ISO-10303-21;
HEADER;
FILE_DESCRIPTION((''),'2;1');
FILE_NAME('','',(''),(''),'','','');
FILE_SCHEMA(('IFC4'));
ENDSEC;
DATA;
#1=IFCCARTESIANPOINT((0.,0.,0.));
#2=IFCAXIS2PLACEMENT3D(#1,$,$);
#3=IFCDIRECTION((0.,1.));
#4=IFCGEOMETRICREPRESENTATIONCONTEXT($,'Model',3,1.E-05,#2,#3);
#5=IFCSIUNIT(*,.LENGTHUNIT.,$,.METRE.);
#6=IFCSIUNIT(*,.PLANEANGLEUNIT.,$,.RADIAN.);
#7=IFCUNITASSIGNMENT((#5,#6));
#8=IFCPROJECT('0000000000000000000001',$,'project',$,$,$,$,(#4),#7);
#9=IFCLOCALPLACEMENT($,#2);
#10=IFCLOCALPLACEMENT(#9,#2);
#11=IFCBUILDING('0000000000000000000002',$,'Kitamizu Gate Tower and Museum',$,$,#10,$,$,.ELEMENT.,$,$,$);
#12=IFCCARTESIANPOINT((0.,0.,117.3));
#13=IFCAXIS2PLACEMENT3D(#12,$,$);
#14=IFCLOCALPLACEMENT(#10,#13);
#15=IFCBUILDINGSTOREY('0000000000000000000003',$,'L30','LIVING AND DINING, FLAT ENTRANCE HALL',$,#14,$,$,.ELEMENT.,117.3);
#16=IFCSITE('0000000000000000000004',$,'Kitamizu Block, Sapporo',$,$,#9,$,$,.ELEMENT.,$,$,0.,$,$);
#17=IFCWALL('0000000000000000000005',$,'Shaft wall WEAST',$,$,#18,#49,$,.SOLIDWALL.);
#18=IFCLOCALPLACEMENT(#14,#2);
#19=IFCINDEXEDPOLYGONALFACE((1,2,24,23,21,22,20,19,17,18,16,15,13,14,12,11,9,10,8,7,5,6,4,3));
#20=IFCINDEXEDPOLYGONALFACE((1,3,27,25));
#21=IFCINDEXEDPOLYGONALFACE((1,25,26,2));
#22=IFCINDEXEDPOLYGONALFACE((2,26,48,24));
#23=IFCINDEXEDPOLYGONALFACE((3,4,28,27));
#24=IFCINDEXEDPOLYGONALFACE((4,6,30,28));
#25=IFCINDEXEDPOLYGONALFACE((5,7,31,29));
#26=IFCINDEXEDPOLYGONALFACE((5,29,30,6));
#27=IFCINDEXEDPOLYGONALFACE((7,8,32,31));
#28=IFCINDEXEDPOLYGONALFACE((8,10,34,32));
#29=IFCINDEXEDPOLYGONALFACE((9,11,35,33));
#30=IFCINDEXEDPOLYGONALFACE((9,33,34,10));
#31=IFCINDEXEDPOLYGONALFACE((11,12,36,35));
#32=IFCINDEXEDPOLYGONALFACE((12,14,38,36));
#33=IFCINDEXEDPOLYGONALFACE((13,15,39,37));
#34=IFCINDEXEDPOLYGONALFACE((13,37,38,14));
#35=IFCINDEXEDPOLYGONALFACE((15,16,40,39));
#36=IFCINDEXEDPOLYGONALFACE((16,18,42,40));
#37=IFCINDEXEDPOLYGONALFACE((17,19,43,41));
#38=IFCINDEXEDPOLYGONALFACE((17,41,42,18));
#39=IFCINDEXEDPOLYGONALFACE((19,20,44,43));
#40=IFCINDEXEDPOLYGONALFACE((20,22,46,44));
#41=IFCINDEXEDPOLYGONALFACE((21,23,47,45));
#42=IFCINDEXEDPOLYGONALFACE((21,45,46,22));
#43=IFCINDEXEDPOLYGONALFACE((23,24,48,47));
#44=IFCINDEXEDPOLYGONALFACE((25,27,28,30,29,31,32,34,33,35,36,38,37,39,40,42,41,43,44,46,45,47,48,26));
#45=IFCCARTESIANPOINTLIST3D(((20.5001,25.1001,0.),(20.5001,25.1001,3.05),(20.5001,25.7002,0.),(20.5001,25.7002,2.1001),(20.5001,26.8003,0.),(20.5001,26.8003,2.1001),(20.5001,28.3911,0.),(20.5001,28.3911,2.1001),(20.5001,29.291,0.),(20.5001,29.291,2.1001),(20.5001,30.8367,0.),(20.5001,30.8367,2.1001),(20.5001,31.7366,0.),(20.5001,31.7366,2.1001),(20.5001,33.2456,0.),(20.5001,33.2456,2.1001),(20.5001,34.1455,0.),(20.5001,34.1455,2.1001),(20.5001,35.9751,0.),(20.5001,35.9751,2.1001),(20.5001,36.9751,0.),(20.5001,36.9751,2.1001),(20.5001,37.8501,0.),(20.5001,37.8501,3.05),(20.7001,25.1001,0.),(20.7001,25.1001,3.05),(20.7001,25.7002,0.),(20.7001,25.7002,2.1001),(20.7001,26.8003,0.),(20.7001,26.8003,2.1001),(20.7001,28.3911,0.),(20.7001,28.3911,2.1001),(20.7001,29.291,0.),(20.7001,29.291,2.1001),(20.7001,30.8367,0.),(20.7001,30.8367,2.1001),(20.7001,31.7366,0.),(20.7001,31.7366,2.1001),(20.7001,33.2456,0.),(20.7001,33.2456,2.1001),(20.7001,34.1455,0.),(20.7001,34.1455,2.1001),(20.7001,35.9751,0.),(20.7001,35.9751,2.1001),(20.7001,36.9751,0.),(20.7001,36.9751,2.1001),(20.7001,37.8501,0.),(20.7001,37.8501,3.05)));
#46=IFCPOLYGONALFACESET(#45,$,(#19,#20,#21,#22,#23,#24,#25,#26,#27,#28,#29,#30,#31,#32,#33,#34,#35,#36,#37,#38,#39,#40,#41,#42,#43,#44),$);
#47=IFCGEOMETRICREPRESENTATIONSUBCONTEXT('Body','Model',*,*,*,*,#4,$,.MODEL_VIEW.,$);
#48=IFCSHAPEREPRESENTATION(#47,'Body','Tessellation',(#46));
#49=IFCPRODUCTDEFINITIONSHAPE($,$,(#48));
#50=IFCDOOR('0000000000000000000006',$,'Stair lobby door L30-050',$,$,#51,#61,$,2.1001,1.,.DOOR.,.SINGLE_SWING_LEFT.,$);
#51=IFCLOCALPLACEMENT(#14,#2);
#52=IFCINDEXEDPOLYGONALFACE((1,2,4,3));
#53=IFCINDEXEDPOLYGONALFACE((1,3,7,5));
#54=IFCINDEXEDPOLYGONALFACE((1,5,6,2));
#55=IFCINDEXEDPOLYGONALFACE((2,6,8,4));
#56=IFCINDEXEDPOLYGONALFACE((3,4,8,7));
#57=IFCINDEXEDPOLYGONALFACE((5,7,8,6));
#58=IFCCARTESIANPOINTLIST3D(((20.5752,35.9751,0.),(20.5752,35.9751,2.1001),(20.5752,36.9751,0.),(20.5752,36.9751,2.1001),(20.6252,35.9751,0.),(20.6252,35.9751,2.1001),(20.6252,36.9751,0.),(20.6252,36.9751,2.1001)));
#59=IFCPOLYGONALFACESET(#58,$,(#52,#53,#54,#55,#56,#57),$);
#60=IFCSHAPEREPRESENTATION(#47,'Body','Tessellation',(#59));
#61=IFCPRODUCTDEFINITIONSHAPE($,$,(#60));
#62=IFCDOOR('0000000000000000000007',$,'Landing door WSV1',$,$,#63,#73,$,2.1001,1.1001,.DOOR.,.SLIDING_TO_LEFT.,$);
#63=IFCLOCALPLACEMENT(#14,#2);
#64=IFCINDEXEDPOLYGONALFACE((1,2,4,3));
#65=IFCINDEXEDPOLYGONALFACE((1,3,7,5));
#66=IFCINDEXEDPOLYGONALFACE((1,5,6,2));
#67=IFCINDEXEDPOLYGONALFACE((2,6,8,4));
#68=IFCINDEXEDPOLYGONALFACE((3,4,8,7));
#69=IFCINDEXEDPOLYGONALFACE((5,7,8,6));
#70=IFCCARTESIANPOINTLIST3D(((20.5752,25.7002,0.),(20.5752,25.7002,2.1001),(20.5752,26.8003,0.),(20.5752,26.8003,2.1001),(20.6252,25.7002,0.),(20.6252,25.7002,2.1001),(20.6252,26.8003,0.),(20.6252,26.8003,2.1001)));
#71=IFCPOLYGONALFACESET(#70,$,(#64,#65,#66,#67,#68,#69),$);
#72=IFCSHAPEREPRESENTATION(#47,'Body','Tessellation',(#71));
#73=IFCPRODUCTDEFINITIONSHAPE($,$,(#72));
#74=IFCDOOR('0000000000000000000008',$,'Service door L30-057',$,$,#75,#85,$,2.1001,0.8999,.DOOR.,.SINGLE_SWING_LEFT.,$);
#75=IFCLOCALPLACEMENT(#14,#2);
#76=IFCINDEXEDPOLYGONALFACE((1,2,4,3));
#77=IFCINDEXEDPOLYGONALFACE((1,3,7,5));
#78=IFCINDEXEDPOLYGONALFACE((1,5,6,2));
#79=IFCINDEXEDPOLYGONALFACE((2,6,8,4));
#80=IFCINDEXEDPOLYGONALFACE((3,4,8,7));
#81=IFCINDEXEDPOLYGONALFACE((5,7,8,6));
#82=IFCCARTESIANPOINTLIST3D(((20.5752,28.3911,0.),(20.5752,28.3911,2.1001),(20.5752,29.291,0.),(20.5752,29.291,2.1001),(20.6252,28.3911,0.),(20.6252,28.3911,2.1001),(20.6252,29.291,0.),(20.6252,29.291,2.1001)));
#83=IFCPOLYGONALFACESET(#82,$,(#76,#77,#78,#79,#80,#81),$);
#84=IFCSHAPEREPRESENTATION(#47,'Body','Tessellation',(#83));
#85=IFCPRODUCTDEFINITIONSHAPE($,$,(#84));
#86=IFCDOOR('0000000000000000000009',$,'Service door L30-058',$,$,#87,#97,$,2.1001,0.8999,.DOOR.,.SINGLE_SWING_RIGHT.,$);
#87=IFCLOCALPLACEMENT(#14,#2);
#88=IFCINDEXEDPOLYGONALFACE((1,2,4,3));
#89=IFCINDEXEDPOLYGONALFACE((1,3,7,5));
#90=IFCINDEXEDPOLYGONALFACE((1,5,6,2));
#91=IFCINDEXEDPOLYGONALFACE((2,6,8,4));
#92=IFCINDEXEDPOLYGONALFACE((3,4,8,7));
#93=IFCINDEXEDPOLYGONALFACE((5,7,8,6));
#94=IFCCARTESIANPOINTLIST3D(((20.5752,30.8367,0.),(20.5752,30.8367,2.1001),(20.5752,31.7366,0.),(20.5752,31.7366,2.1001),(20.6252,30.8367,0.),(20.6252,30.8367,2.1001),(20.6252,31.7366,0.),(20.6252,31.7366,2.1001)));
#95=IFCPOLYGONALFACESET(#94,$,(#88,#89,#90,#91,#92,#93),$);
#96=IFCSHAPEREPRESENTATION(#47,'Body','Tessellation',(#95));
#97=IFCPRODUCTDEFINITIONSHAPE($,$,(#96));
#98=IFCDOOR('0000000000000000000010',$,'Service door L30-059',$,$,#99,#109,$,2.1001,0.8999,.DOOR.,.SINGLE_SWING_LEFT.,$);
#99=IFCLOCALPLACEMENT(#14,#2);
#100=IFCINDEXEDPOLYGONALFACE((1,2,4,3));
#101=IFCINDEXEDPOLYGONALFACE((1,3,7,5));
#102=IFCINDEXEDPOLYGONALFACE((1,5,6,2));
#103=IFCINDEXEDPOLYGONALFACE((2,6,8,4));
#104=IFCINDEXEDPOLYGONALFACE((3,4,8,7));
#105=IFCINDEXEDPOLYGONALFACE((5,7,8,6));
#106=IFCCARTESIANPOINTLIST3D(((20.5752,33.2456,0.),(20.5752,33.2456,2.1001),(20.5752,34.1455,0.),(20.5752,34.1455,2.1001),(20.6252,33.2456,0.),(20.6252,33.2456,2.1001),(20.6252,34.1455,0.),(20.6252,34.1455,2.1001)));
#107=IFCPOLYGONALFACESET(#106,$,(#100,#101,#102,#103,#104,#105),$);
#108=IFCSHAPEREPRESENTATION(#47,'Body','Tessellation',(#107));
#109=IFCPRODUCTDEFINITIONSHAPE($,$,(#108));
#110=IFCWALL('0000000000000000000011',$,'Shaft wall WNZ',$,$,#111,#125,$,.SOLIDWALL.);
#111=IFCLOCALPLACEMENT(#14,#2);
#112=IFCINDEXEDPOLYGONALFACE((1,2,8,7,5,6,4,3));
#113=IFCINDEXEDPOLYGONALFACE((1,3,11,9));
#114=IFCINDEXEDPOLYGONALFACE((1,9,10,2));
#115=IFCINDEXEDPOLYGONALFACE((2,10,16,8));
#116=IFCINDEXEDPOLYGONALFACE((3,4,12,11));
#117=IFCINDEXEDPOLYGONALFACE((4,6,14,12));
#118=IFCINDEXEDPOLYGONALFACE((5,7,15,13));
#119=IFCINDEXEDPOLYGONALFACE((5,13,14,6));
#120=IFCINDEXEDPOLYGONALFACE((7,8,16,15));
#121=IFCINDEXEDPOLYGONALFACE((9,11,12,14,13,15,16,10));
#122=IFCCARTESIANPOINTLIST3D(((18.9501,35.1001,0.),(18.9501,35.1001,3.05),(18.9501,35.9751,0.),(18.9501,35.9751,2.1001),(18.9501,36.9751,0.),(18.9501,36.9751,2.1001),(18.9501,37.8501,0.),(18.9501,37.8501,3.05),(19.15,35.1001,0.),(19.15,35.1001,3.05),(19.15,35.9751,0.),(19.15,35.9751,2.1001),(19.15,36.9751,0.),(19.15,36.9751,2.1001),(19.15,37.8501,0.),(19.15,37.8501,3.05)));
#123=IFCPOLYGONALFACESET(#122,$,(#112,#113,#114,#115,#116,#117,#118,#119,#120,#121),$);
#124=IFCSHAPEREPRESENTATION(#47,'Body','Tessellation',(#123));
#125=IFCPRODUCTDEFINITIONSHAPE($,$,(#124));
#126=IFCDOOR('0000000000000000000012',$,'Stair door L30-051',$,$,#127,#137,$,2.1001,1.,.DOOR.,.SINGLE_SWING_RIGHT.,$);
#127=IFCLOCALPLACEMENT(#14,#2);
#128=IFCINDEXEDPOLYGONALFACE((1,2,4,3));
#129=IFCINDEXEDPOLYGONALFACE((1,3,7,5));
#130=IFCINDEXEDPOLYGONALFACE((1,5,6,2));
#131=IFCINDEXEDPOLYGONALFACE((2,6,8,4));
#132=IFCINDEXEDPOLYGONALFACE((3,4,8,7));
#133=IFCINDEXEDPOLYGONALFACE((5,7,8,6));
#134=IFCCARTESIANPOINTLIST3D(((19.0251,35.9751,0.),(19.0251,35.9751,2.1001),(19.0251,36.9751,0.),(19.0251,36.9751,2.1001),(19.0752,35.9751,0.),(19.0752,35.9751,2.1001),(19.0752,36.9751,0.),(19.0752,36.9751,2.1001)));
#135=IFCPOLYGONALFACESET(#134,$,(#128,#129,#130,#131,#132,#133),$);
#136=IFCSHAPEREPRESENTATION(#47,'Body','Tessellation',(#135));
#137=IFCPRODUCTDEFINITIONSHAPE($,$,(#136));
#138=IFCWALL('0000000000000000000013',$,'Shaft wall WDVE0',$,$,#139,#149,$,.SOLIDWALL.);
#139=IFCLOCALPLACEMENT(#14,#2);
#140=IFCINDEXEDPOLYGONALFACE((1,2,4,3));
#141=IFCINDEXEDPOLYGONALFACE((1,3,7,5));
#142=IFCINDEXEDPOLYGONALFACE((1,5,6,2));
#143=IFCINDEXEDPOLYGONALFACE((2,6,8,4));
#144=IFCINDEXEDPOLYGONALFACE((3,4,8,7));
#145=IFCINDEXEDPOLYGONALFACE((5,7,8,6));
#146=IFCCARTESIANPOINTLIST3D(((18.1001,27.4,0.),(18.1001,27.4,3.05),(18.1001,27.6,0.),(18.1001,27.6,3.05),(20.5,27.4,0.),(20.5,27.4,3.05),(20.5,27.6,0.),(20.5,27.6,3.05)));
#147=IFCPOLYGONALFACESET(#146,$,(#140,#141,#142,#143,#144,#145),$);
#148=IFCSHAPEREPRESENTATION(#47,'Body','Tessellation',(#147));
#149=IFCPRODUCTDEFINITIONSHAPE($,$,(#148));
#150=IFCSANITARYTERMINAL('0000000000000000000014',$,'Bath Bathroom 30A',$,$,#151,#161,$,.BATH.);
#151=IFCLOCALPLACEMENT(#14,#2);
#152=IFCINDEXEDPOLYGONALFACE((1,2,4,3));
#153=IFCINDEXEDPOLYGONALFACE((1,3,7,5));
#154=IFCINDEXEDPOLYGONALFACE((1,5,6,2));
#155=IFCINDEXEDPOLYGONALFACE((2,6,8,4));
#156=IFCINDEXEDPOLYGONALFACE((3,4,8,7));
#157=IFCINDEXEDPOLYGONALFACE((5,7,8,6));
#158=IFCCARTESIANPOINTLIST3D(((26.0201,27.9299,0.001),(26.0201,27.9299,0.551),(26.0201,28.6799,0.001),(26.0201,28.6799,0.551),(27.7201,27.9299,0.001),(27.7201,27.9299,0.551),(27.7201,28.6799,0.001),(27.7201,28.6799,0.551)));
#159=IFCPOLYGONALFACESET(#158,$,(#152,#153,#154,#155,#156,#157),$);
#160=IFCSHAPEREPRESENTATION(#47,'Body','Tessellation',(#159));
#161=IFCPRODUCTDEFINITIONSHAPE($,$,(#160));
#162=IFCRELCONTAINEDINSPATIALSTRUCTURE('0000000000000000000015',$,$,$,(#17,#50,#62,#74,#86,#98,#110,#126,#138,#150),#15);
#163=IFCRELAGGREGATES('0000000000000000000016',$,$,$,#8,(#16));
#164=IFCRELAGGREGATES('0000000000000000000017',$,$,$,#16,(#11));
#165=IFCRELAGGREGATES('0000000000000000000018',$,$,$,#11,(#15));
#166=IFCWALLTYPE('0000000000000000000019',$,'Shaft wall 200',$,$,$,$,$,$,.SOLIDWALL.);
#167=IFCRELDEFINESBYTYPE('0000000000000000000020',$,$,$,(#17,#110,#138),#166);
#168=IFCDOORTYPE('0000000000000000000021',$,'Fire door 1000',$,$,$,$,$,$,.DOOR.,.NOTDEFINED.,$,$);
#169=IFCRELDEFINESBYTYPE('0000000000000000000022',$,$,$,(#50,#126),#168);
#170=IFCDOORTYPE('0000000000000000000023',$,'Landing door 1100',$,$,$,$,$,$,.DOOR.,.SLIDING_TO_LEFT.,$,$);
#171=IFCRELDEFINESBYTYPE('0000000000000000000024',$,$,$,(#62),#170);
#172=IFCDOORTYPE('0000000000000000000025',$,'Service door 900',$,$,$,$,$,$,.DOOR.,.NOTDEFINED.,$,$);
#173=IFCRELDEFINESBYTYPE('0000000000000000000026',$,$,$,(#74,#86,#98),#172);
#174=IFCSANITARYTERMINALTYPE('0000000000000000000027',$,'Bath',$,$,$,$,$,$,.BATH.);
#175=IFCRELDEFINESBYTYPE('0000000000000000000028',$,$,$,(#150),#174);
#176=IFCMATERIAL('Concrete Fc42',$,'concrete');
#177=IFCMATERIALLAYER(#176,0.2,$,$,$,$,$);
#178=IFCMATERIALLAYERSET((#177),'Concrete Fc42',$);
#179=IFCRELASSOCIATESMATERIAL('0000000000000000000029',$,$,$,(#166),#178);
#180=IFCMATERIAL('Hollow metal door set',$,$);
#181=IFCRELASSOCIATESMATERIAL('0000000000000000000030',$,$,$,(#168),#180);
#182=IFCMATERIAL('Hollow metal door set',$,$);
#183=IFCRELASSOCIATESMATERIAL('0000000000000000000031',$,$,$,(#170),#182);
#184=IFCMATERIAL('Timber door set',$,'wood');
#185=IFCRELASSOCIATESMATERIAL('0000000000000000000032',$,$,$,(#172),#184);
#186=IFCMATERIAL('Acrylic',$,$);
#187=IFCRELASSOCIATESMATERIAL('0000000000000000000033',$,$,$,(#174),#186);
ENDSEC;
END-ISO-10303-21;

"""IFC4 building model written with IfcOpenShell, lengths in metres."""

from ifc_helpers import new_model, si_unit, direction, frame, frame_2d, origin, origin_2d, place, context, subcontext, project, spatial, rectangle, extrude, material, layer, layer_set, type_object, element, fill, save


model = new_model("IFC4")

# Units and contexts
model_context = context("Model", 3, precision=1e-05, world=origin(), true_north=direction((0.0, 1.0)))
body_context = subcontext(model_context, "Body", "Model", "MODEL_VIEW")
ifc_project = project(units=[si_unit("LENGTHUNIT", "METRE"), si_unit("PLANEANGLEUNIT", "RADIAN")], contexts=[model_context])

# Site, building, storey
site_placement = place(None, origin())
site = spatial("IfcSite", under=ifc_project, at=site_placement, Name="Kitamizu Block, Sapporo", CompositionType="ELEMENT", RefElevation=0.0)
building_placement = place(site_placement, origin())
building = spatial("IfcBuilding", under=site, at=building_placement, Name="Kitamizu Gate Tower and Museum", CompositionType="ELEMENT")
storey_placement = place(building_placement, frame((0.0, 0.0, 117.3)))
storey = spatial("IfcBuildingStorey", under=building, at=storey_placement, Name="L30", Description="LIVING AND DINING, FLAT ENTRANCE HALL", CompositionType="ELEMENT", Elevation=117.3)

# Wall, openings, doors
ifc_material_1 = material(Name="Concrete Fc42", Category="concrete")
ifc_layer_1 = layer(ifc_material_1, 0.2)
ifc_layer_set_1 = layer_set([ifc_layer_1], Name="Concrete Fc42")
wall_type_1 = type_object("IfcWallType", Name="Shaft wall 200", PredefinedType="SOLIDWALL", material=ifc_layer_set_1)
wall_1_placement = place(storey_placement, frame((20.6001, 25.1001, 0.0), z_axis=(0.0, 0.0, 1.0), x_axis=(0.0, 1.0, 0.0)))
wall_1 = element("IfcWall", 1, at=wall_1_placement, inside=storey, type_object=wall_type_1, Name="Shaft wall WEAST", PredefinedType="SOLIDWALL", context=body_context, shape_type="SweptSolid", body=[
    extrude(rectangle(XDim=12.75, YDim=0.2, at=frame_2d((6.375, 0.0))), origin(), (0.0, 0.0, 1.0), 3.05),
])
opening_1_placement = place(wall_1_placement, frame((0.6001, 0.0, 0.0)))
opening_1 = element("IfcOpeningElement", 2, at=opening_1_placement, cuts=wall_1, PredefinedType="OPENING", context=body_context, shape_type="SweptSolid", body=[
    extrude(rectangle(XDim=1.1001, YDim=2.1001, at=frame_2d((0.55, 1.05))), frame((0.0, 0.1099, 0.0), z_axis=(0.0, -1.0, 0.0), x_axis=(1.0, 0.0, 0.0)), (0.0, 0.0, 1.0), 0.22),
])
opening_2_placement = place(wall_1_placement, frame((10.875, 0.0, 0.0)))
opening_2 = element("IfcOpeningElement", 3, at=opening_2_placement, cuts=wall_1, PredefinedType="OPENING", context=body_context, shape_type="SweptSolid", body=[
    extrude(rectangle(XDim=1.0, YDim=2.1001, at=frame_2d((0.5, 1.05))), frame((0.0, 0.1099, 0.0), z_axis=(0.0, -1.0, 0.0), x_axis=(1.0, 0.0, 0.0)), (0.0, 0.0, 1.0), 0.22),
])
opening_3_placement = place(wall_1_placement, frame((3.291, 0.0, 0.0)))
opening_3 = element("IfcOpeningElement", 4, at=opening_3_placement, cuts=wall_1, PredefinedType="OPENING", context=body_context, shape_type="SweptSolid", body=[
    extrude(rectangle(XDim=0.8999, YDim=2.1001, at=frame_2d((0.45, 1.05))), frame((0.0, 0.1099, 0.0), z_axis=(0.0, -1.0, 0.0), x_axis=(1.0, 0.0, 0.0)), (0.0, 0.0, 1.0), 0.22),
])
opening_4_placement = place(wall_1_placement, frame((5.7366, 0.0, 0.0)))
opening_4 = element("IfcOpeningElement", 5, at=opening_4_placement, cuts=wall_1, PredefinedType="OPENING", context=body_context, shape_type="SweptSolid", body=[
    extrude(rectangle(XDim=0.8999, YDim=2.1001, at=frame_2d((0.45, 1.05))), frame((0.0, 0.1099, 0.0), z_axis=(0.0, -1.0, 0.0), x_axis=(1.0, 0.0, 0.0)), (0.0, 0.0, 1.0), 0.22),
])
opening_5_placement = place(wall_1_placement, frame((8.1455, 0.0, 0.0)))
opening_5 = element("IfcOpeningElement", 6, at=opening_5_placement, cuts=wall_1, PredefinedType="OPENING", context=body_context, shape_type="SweptSolid", body=[
    extrude(rectangle(XDim=0.8999, YDim=2.1001, at=frame_2d((0.45, 1.05))), frame((0.0, 0.1099, 0.0), z_axis=(0.0, -1.0, 0.0), x_axis=(1.0, 0.0, 0.0)), (0.0, 0.0, 1.0), 0.22),
])
ifc_material_2 = material(Name="Hollow metal door set")
door_type_1 = type_object("IfcDoorType", Name="Fire door 1000", OperationType="NOTDEFINED", PredefinedType="DOOR", material=ifc_material_2)
door_1_placement = place(opening_2_placement, origin())
door_1 = element("IfcDoor", 7, at=door_1_placement, inside=storey, type_object=door_type_1, Name="Stair lobby door L30-050", OperationType="SINGLE_SWING_LEFT", OverallHeight=2.1001, OverallWidth=1.0, PredefinedType="DOOR", context=body_context, shape_type="SweptSolid", body=[
    extrude(rectangle(XDim=1.0, YDim=2.1001, at=frame_2d((0.5, 1.05))), frame((0.0, 0.0249, 0.0), z_axis=(0.0, -1.0, 0.0), x_axis=(1.0, 0.0, 0.0)), (0.0, 0.0, 1.0), 0.05),
])
fill(opening_2, door_1)
ifc_material_3 = material(Name="Hollow metal door set")
door_type_2 = type_object("IfcDoorType", Name="Landing door 1100", OperationType="SLIDING_TO_LEFT", PredefinedType="DOOR", material=ifc_material_3)
door_2_placement = place(opening_1_placement, origin())
door_2 = element("IfcDoor", 8, at=door_2_placement, inside=storey, type_object=door_type_2, Name="Landing door WSV1", OperationType="SLIDING_TO_LEFT", OverallHeight=2.1001, OverallWidth=1.1001, PredefinedType="DOOR", context=body_context, shape_type="SweptSolid", body=[
    extrude(rectangle(XDim=1.1001, YDim=2.1001, at=frame_2d((0.55, 1.05))), frame((0.0, 0.0249, 0.0), z_axis=(0.0, -1.0, 0.0), x_axis=(1.0, 0.0, 0.0)), (0.0, 0.0, 1.0), 0.05),
])
fill(opening_1, door_2)
ifc_material_4 = material(Name="Timber door set", Category="wood")
door_type_3 = type_object("IfcDoorType", Name="Service door 900", OperationType="NOTDEFINED", PredefinedType="DOOR", material=ifc_material_4)
door_3_placement = place(opening_3_placement, origin())
door_3 = element("IfcDoor", 9, at=door_3_placement, inside=storey, type_object=door_type_3, Name="Service door L30-057", OperationType="SINGLE_SWING_LEFT", OverallHeight=2.1001, OverallWidth=0.8999, PredefinedType="DOOR", context=body_context, shape_type="SweptSolid", body=[
    extrude(rectangle(XDim=0.8999, YDim=2.1001, at=frame_2d((0.45, 1.05))), frame((0.0, 0.0249, 0.0), z_axis=(0.0, -1.0, 0.0), x_axis=(1.0, 0.0, 0.0)), (0.0, 0.0, 1.0), 0.05),
])
fill(opening_3, door_3)
door_4_placement = place(opening_4_placement, origin())
door_4 = element("IfcDoor", 10, at=door_4_placement, inside=storey, type_object=door_type_3, Name="Service door L30-058", OperationType="SINGLE_SWING_RIGHT", OverallHeight=2.1001, OverallWidth=0.8999, PredefinedType="DOOR", context=body_context, shape_type="SweptSolid", body=[
    extrude(rectangle(XDim=0.8999, YDim=2.1001, at=frame_2d((0.45, 1.05))), frame((0.0, 0.0249, 0.0), z_axis=(0.0, -1.0, 0.0), x_axis=(1.0, 0.0, 0.0)), (0.0, 0.0, 1.0), 0.05),
])
fill(opening_4, door_4)
door_5_placement = place(opening_5_placement, origin())
door_5 = element("IfcDoor", 11, at=door_5_placement, inside=storey, type_object=door_type_3, Name="Service door L30-059", OperationType="SINGLE_SWING_LEFT", OverallHeight=2.1001, OverallWidth=0.8999, PredefinedType="DOOR", context=body_context, shape_type="SweptSolid", body=[
    extrude(rectangle(XDim=0.8999, YDim=2.1001, at=frame_2d((0.45, 1.05))), frame((0.0, 0.0249, 0.0), z_axis=(0.0, -1.0, 0.0), x_axis=(1.0, 0.0, 0.0)), (0.0, 0.0, 1.0), 0.05),
])
fill(opening_5, door_5)

# Wall, opening, door
wall_2_placement = place(storey_placement, frame((19.05, 35.1001, 0.0), z_axis=(0.0, 0.0, 1.0), x_axis=(0.0, 1.0, 0.0)))
wall_2 = element("IfcWall", 12, at=wall_2_placement, inside=storey, type_object=wall_type_1, Name="Shaft wall WNZ", PredefinedType="SOLIDWALL", context=body_context, shape_type="SweptSolid", body=[
    extrude(rectangle(XDim=2.75, YDim=0.2, at=frame_2d((1.375, 0.0))), origin(), (0.0, 0.0, 1.0), 3.05),
])
opening_6_placement = place(wall_2_placement, frame((0.875, 0.0, 0.0)))
opening_6 = element("IfcOpeningElement", 13, at=opening_6_placement, cuts=wall_2, PredefinedType="OPENING", context=body_context, shape_type="SweptSolid", body=[
    extrude(rectangle(XDim=1.0, YDim=2.1001, at=frame_2d((0.5, 1.05))), frame((0.0, 0.1099, 0.0), z_axis=(0.0, -1.0, 0.0), x_axis=(1.0, 0.0, 0.0)), (0.0, 0.0, 1.0), 0.22),
])
door_6_placement = place(opening_6_placement, origin())
door_6 = element("IfcDoor", 14, at=door_6_placement, inside=storey, type_object=door_type_1, Name="Stair door L30-051", OperationType="SINGLE_SWING_RIGHT", OverallHeight=2.1001, OverallWidth=1.0, PredefinedType="DOOR", context=body_context, shape_type="SweptSolid", body=[
    extrude(rectangle(XDim=1.0, YDim=2.1001, at=frame_2d((0.5, 1.05))), frame((0.0, 0.0249, 0.0), z_axis=(0.0, -1.0, 0.0), x_axis=(1.0, 0.0, 0.0)), (0.0, 0.0, 1.0), 0.05),
])
fill(opening_6, door_6)

# Wall
wall_3_placement = place(storey_placement, frame((18.1001, 27.5, 0.0), z_axis=(0.0, 0.0, 1.0), x_axis=(1.0, 0.0, 0.0)))
element("IfcWall", 15, at=wall_3_placement, inside=storey, type_object=wall_type_1, Name="Shaft wall WDVE0", PredefinedType="SOLIDWALL", context=body_context, shape_type="SweptSolid", body=[
    extrude(rectangle(XDim=2.3999, YDim=0.2, at=frame_2d((1.2, 0.0))), origin(), (0.0, 0.0, 1.0), 3.05),
])

# Sanitary terminal
ifc_material_5 = material(Name="Acrylic")
sanitary_terminal_type_1 = type_object("IfcSanitaryTerminalType", Name="Bath", PredefinedType="BATH", material=ifc_material_5)
for number, where, z_axis, x_axis, name in (
    (16, (26.8701, 28.3049, 0.001), (0.0, 0.0, 1.0), (1.0, 0.0, 0.0), "Bath Bathroom 30A"),
):
    element("IfcSanitaryTerminal", number, at=place(storey_placement, frame(where, z_axis=z_axis, x_axis=x_axis)), inside=storey, type_object=sanitary_terminal_type_1, Name=name, PredefinedType="BATH", context=body_context, shape_type="SweptSolid", body=[
        extrude(rectangle(XDim=1.7, YDim=0.75, at=origin_2d()), origin(), (0.0, 0.0, 1.0), 0.55),
    ])

save(model, "model.ifc")
